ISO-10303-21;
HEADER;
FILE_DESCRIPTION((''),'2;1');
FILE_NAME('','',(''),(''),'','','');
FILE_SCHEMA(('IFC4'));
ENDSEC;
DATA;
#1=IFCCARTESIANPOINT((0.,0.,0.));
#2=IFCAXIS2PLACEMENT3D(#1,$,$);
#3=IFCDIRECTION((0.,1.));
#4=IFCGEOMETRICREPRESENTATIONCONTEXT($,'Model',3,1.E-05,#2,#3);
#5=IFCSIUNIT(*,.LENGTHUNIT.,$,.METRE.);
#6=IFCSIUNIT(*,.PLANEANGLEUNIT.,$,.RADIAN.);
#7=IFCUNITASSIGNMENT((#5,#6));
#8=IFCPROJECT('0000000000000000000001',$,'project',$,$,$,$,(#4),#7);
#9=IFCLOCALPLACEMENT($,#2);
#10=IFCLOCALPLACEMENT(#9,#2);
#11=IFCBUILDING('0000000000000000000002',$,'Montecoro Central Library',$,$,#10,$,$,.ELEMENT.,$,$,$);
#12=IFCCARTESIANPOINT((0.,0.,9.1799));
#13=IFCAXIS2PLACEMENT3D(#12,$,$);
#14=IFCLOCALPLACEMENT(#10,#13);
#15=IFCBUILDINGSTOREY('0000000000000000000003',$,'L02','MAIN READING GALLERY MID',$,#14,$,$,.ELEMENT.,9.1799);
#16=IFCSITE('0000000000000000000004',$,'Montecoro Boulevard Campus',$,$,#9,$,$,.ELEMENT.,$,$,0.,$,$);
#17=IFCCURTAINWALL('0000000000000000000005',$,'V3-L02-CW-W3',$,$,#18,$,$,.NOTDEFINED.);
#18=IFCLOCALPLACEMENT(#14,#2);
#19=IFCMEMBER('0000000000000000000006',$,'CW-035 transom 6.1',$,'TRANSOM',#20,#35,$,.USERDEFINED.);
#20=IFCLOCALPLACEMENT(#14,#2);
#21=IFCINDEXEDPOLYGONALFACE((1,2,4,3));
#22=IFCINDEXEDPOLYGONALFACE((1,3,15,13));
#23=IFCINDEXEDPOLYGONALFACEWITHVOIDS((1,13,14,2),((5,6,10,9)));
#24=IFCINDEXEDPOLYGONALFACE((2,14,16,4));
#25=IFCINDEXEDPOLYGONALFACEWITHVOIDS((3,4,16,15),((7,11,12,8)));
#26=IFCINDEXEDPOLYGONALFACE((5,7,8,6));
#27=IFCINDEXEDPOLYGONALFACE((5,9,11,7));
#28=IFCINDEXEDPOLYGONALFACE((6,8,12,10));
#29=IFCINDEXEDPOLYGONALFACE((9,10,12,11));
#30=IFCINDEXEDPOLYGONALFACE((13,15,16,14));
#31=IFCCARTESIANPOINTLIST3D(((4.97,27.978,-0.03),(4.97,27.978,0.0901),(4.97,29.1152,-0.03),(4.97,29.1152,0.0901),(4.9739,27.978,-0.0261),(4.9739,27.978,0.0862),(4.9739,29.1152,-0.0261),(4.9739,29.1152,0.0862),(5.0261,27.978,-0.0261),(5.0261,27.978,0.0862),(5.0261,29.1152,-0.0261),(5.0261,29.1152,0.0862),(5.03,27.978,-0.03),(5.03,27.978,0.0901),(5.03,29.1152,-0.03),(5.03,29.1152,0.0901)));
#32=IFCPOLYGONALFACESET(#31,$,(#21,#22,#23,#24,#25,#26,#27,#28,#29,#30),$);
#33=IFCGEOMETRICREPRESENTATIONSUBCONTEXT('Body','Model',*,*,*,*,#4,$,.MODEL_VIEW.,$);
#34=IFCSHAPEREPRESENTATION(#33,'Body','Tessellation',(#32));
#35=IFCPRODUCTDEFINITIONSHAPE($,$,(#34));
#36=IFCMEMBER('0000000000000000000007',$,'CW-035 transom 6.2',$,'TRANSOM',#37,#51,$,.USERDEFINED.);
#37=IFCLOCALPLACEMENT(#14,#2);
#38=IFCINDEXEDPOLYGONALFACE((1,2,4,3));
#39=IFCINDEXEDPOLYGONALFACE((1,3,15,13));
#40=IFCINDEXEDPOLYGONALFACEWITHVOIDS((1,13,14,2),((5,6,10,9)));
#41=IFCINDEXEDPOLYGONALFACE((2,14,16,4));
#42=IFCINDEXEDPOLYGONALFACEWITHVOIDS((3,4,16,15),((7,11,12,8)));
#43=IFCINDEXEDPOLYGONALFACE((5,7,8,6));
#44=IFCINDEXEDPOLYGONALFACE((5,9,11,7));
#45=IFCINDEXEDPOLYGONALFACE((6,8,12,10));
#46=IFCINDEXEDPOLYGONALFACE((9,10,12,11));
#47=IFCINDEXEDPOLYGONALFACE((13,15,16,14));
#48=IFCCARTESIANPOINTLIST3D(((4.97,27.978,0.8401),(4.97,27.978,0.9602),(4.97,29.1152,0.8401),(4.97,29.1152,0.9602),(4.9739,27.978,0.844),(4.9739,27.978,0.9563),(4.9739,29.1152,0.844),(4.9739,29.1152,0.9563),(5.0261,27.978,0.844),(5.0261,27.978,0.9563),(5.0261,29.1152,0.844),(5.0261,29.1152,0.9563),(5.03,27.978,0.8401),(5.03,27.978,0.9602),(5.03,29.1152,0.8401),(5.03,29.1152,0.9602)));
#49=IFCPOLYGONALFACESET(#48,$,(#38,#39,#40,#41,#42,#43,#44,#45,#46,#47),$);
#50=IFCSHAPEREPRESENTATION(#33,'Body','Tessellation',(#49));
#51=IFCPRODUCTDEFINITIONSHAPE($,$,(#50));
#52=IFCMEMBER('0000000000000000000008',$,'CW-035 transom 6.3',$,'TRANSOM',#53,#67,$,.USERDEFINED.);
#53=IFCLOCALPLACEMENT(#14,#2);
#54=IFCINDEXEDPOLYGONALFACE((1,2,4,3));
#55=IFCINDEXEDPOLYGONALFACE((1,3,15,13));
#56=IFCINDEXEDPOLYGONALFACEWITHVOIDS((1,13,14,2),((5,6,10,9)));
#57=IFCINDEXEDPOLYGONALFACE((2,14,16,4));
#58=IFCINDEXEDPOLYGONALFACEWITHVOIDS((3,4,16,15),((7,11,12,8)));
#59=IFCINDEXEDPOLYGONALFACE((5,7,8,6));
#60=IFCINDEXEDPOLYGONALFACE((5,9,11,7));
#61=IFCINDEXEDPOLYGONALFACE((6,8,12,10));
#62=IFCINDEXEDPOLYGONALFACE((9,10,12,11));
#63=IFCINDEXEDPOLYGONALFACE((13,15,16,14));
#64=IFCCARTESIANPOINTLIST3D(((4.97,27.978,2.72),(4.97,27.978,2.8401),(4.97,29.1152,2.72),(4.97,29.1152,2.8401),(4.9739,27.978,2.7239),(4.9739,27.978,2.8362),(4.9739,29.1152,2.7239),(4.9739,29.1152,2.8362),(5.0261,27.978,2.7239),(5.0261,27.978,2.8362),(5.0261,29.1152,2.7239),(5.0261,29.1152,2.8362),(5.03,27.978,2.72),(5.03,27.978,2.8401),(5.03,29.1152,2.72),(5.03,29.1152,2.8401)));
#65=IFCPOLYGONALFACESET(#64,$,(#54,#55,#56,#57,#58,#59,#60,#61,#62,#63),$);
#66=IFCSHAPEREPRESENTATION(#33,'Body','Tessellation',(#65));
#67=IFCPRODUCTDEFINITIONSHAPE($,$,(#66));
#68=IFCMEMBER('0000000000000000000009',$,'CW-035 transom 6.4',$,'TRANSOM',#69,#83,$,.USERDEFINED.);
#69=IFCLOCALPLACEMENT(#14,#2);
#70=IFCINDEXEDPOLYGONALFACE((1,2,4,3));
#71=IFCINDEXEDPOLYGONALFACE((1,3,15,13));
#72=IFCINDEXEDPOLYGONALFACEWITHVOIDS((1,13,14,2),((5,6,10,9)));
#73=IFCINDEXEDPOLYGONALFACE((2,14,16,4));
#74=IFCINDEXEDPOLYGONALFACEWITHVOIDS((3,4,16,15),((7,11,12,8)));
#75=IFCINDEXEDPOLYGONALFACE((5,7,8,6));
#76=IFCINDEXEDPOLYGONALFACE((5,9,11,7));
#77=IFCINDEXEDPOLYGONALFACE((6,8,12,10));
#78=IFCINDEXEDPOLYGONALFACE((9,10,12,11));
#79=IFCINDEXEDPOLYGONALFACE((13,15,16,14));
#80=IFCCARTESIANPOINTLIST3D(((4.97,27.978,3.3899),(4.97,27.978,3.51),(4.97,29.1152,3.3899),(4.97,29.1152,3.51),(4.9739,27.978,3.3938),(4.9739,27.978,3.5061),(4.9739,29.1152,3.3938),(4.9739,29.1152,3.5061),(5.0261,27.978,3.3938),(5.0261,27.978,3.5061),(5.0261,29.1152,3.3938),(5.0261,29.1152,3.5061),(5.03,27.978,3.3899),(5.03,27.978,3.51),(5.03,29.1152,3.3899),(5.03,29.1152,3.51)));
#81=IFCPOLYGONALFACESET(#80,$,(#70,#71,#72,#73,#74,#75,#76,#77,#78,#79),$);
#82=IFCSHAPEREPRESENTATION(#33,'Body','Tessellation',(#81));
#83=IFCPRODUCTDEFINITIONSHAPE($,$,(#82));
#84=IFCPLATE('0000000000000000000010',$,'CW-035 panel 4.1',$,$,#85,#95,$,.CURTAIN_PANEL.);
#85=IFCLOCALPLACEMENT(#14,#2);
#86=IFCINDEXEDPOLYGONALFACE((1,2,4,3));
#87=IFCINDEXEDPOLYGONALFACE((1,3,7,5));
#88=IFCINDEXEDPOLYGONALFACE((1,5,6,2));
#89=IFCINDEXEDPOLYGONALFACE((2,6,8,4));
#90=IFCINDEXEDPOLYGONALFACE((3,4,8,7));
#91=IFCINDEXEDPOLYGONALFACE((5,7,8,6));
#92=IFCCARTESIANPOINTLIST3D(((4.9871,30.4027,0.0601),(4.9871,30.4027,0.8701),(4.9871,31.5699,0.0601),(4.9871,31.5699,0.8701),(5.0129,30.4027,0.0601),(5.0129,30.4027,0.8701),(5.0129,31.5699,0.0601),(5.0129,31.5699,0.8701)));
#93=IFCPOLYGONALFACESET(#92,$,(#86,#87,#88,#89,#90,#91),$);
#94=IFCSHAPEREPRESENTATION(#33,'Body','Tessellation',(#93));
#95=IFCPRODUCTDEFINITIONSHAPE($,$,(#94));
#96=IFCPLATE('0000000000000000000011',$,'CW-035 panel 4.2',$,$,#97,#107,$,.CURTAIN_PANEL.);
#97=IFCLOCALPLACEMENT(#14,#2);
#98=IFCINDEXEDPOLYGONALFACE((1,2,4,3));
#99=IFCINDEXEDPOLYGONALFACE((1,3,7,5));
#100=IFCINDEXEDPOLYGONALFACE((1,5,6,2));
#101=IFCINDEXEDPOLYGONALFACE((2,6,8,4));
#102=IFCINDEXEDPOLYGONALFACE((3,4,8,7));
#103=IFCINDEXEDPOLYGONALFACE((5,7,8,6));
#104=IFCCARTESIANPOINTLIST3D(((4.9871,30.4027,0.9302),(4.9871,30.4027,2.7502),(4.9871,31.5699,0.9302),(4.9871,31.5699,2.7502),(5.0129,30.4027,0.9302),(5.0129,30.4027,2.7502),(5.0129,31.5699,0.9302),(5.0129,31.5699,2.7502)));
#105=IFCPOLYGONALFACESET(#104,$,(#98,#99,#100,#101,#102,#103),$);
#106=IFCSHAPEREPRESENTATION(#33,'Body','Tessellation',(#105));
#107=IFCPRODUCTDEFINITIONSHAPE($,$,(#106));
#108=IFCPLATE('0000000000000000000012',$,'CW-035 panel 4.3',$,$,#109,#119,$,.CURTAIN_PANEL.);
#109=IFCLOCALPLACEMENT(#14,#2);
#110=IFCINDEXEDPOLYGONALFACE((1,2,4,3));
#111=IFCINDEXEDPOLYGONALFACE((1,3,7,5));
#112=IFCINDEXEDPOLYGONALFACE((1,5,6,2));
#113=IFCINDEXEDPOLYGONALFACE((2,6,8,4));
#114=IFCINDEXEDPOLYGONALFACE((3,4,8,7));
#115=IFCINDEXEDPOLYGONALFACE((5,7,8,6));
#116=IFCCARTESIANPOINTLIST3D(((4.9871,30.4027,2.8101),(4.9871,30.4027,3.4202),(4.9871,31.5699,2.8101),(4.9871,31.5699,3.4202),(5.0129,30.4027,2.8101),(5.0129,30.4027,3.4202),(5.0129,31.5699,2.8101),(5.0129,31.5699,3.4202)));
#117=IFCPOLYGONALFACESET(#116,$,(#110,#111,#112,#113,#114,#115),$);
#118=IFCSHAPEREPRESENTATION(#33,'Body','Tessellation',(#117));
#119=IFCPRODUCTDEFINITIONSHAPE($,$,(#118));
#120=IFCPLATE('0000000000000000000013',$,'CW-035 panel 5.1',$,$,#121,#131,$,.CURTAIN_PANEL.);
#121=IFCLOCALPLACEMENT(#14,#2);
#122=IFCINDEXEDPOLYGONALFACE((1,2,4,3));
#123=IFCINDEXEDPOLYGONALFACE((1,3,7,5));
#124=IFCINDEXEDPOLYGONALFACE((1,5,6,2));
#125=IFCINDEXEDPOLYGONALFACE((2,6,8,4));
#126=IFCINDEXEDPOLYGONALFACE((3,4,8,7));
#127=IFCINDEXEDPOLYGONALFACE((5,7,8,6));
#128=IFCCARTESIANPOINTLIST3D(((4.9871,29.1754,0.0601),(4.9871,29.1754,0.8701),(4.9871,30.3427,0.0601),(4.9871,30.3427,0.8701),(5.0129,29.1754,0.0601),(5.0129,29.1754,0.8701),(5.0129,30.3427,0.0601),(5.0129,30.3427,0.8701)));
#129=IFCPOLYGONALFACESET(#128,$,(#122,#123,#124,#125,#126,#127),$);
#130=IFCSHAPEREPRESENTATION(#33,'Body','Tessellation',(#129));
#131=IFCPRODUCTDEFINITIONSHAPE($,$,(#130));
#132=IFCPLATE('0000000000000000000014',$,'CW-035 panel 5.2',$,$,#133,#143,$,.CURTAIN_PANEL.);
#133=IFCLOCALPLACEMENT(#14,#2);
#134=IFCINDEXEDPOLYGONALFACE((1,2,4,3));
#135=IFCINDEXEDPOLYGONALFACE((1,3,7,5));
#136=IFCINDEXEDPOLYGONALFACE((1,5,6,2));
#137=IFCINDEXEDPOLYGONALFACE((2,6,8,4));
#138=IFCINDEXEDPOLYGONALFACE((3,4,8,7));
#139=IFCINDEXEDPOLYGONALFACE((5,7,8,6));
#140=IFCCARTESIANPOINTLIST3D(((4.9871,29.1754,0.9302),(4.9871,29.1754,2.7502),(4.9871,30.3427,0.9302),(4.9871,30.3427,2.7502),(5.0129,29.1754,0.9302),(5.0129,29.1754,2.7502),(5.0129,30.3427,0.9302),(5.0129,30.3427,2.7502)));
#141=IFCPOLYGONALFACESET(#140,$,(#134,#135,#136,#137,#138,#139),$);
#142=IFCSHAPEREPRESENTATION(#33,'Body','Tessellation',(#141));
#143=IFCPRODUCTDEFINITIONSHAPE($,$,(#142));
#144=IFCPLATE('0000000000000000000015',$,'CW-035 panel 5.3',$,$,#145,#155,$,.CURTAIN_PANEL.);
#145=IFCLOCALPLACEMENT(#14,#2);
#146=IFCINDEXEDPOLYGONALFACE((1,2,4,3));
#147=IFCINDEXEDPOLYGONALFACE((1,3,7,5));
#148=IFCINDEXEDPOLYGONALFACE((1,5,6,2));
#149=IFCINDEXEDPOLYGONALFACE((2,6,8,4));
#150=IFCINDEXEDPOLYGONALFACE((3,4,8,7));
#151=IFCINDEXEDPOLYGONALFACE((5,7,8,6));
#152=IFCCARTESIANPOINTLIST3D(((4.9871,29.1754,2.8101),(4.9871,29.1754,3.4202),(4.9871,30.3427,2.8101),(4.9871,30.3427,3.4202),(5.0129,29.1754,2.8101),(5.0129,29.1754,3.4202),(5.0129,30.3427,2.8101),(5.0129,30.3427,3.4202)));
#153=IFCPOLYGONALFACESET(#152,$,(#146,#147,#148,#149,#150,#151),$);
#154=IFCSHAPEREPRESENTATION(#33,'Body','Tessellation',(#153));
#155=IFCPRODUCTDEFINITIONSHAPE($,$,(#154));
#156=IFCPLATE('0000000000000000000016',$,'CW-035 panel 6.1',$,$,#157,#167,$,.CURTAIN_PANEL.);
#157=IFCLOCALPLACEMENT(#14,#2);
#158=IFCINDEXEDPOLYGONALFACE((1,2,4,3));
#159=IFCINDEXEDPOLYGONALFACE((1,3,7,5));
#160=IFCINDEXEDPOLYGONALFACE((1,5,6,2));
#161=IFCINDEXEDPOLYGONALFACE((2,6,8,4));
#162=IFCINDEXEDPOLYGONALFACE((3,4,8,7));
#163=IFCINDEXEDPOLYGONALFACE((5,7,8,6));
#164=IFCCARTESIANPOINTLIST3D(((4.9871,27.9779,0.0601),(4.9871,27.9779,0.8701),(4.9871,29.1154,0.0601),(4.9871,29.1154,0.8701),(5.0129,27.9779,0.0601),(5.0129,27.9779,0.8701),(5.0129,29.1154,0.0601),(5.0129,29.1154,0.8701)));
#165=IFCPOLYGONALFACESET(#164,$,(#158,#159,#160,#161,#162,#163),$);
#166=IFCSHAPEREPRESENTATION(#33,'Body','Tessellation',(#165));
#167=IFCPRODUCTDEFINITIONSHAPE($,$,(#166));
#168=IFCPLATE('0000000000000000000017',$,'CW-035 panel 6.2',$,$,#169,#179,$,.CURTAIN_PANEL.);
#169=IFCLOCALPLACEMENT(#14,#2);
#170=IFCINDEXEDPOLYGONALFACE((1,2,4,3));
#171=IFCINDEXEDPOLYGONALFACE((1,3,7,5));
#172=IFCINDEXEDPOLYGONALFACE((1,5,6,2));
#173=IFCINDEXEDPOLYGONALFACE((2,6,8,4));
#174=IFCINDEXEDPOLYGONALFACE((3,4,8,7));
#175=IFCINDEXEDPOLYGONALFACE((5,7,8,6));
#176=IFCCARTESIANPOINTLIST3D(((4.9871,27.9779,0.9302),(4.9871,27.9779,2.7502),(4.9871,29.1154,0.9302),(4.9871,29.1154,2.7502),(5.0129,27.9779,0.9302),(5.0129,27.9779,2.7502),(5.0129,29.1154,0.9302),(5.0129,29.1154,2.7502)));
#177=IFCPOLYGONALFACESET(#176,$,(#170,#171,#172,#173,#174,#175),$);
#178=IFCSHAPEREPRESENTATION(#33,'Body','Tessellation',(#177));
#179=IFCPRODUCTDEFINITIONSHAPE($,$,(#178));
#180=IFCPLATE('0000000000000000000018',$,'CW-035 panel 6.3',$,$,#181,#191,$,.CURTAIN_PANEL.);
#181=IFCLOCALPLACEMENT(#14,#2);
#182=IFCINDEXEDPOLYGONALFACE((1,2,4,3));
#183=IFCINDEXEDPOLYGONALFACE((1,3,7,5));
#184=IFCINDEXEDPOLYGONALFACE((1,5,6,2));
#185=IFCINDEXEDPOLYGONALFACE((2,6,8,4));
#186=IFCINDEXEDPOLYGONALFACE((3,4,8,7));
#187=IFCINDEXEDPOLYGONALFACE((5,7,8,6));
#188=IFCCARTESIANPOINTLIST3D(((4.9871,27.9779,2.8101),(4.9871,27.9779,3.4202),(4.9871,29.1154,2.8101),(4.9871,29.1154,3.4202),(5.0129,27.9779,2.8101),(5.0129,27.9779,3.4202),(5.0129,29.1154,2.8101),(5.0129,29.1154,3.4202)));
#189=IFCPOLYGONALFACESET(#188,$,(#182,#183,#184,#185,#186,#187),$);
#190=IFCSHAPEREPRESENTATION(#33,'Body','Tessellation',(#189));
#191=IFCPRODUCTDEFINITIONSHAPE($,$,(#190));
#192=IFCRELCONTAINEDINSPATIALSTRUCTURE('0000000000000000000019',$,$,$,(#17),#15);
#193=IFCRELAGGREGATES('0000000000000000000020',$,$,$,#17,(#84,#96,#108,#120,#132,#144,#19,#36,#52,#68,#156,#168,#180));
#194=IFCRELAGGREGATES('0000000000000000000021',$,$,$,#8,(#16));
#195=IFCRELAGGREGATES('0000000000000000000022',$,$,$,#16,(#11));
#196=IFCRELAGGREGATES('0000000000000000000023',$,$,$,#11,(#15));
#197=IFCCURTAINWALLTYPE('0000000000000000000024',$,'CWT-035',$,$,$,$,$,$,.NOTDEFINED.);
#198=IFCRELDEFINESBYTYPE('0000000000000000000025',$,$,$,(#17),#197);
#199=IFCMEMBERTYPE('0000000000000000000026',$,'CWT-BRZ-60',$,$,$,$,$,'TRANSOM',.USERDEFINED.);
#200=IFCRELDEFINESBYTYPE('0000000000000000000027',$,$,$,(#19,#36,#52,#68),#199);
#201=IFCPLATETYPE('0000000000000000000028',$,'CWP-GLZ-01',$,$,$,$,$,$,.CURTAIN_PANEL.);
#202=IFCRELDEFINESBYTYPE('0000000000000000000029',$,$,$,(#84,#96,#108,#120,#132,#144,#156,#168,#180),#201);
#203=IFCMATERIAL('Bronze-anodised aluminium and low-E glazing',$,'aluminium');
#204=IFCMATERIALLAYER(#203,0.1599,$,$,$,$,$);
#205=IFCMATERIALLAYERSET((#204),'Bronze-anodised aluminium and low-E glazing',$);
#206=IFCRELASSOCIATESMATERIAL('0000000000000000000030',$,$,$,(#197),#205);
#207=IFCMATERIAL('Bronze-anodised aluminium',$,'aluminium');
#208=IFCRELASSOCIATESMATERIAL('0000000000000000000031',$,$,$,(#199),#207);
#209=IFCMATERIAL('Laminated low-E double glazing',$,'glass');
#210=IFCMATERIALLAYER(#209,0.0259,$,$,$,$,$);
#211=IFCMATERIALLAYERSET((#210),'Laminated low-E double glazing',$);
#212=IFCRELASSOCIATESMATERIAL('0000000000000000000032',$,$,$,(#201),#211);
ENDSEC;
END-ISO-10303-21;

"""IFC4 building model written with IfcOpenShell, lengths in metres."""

from ifc_helpers import new_model, si_unit, direction, frame, origin, origin_2d, place, context, subcontext, project, spatial, rectangle, hollow_rectangle, extrude, material, layer, layer_set, material_profile, profile_set, type_object, element, aggregate, save


model = new_model("IFC4")

# Units and contexts
model_context = context("Model", 3, precision=1e-05, world=origin(), true_north=direction((0.0, 1.0)))
body_context = subcontext(model_context, "Body", "Model", "MODEL_VIEW")
ifc_project = project(units=[si_unit("LENGTHUNIT", "METRE"), si_unit("PLANEANGLEUNIT", "RADIAN")], contexts=[model_context])

# Site, building, storey
site_placement = place(None, origin())
site = spatial("IfcSite", under=ifc_project, at=site_placement, Name="Montecoro Boulevard Campus", CompositionType="ELEMENT", RefElevation=0.0)
building_placement = place(site_placement, origin())
building = spatial("IfcBuilding", under=site, at=building_placement, Name="Montecoro Central Library", CompositionType="ELEMENT")
storey_placement = place(building_placement, frame((0.0, 0.0, 9.1799)))
storey = spatial("IfcBuildingStorey", under=building, at=storey_placement, Name="L02", Description="MAIN READING GALLERY MID", CompositionType="ELEMENT", Elevation=9.1799)

# Curtain wall, members, plates
ifc_material_1 = material(Name="Bronze-anodised aluminium and low-E glazing", Category="aluminium")
ifc_layer_1 = layer(ifc_material_1, 0.1599)
ifc_layer_set_1 = layer_set([ifc_layer_1], Name="Bronze-anodised aluminium and low-E glazing")
curtain_wall_type = type_object("IfcCurtainWallType", Name="CWT-035", PredefinedType="NOTDEFINED", material=ifc_layer_set_1)
curtain_wall_placement = place(storey_placement, origin())
curtain_wall = element("IfcCurtainWall", 1, at=curtain_wall_placement, inside=storey, type_object=curtain_wall_type, Name="V3-L02-CW-W3", PredefinedType="NOTDEFINED")
ifc_material_2 = material(Name="Bronze-anodised aluminium", Category="aluminium")
ifc_material_profile_1 = material_profile(ifc_material_2, hollow_rectangle(XDim=0.0601, YDim=0.1201, WallThickness=0.0039, at=origin_2d()), Name="CWT 120x60x4.0")
ifc_profile_set_1 = profile_set([ifc_material_profile_1], Name="Bronze-anodised aluminium")
member_type_1 = type_object("IfcMemberType", Name="CWT-BRZ-60", ElementType="TRANSOM", PredefinedType="USERDEFINED", material=ifc_profile_set_1)
member_1_placement = place(storey_placement, frame((5.0, 29.1152, 0.03), z_axis=(0.0, -1.0, 0.0), x_axis=(1.0, 0.0, 0.0)))
member_1 = element("IfcMember", 2, at=member_1_placement, type_object=member_type_1, Name="CW-035 transom 6.1", ObjectType="TRANSOM", PredefinedType="USERDEFINED", context=body_context, shape_type="SweptSolid", body=[
    extrude(hollow_rectangle(XDim=0.0601, YDim=0.1201, WallThickness=0.0039, at=origin_2d()), origin(), (0.0, 0.0, 1.0), 1.1372),
])
member_2_placement = place(storey_placement, frame((5.0, 29.1152, 0.9001), z_axis=(0.0, -1.0, 0.0), x_axis=(1.0, 0.0, 0.0)))
member_2 = element("IfcMember", 3, at=member_2_placement, type_object=member_type_1, Name="CW-035 transom 6.2", ObjectType="TRANSOM", PredefinedType="USERDEFINED", context=body_context, shape_type="SweptSolid", body=[
    extrude(hollow_rectangle(XDim=0.0601, YDim=0.1201, WallThickness=0.0039, at=origin_2d()), origin(), (0.0, 0.0, 1.0), 1.1372),
])
member_3_placement = place(storey_placement, frame((5.0, 29.1152, 2.78), z_axis=(0.0, -1.0, 0.0), x_axis=(1.0, 0.0, 0.0)))
member_3 = element("IfcMember", 4, at=member_3_placement, type_object=member_type_1, Name="CW-035 transom 6.3", ObjectType="TRANSOM", PredefinedType="USERDEFINED", context=body_context, shape_type="SweptSolid", body=[
    extrude(hollow_rectangle(XDim=0.0601, YDim=0.1201, WallThickness=0.0039, at=origin_2d()), origin(), (0.0, 0.0, 1.0), 1.1372),
])
member_4_placement = place(storey_placement, frame((5.0, 29.1152, 3.45), z_axis=(0.0, -1.0, 0.0), x_axis=(1.0, 0.0, 0.0)))
member_4 = element("IfcMember", 5, at=member_4_placement, type_object=member_type_1, Name="CW-035 transom 6.4", ObjectType="TRANSOM", PredefinedType="USERDEFINED", context=body_context, shape_type="SweptSolid", body=[
    extrude(hollow_rectangle(XDim=0.0601, YDim=0.1201, WallThickness=0.0039, at=origin_2d()), origin(), (0.0, 0.0, 1.0), 1.1372),
])
ifc_material_3 = material(Name="Laminated low-E double glazing", Category="glass")
ifc_layer_2 = layer(ifc_material_3, 0.0259)
ifc_layer_set_2 = layer_set([ifc_layer_2], Name="Laminated low-E double glazing")
plate_type_1 = type_object("IfcPlateType", Name="CWP-GLZ-01", PredefinedType="CURTAIN_PANEL", material=ifc_layer_set_2)
plate_1_placement = place(storey_placement, frame((5.0, 30.9863, 0.0601), z_axis=(0.0, 0.0, 1.0), x_axis=(0.0, -1.0, 0.0)))
plate_1 = element("IfcPlate", 6, at=plate_1_placement, type_object=plate_type_1, Name="CW-035 panel 4.1", PredefinedType="CURTAIN_PANEL", context=body_context, shape_type="SweptSolid", body=[
    extrude(rectangle(XDim=1.1672, YDim=0.0259, at=origin_2d()), origin(), (0.0, 0.0, 1.0), 0.8101),
])
plate_2_placement = place(storey_placement, frame((5.0, 30.9863, 0.9302), z_axis=(0.0, 0.0, 1.0), x_axis=(0.0, -1.0, 0.0)))
plate_2 = element("IfcPlate", 7, at=plate_2_placement, type_object=plate_type_1, Name="CW-035 panel 4.2", PredefinedType="CURTAIN_PANEL", context=body_context, shape_type="SweptSolid", body=[
    extrude(rectangle(XDim=1.1672, YDim=0.0259, at=origin_2d()), origin(), (0.0, 0.0, 1.0), 1.8201),
])
plate_3_placement = place(storey_placement, frame((5.0, 30.9863, 2.8101), z_axis=(0.0, 0.0, 1.0), x_axis=(0.0, -1.0, 0.0)))
plate_3 = element("IfcPlate", 8, at=plate_3_placement, type_object=plate_type_1, Name="CW-035 panel 4.3", PredefinedType="CURTAIN_PANEL", context=body_context, shape_type="SweptSolid", body=[
    extrude(rectangle(XDim=1.1672, YDim=0.0259, at=origin_2d()), origin(), (0.0, 0.0, 1.0), 0.6101),
])
plate_4_placement = place(storey_placement, frame((5.0, 29.759, 0.0601), z_axis=(0.0, 0.0, 1.0), x_axis=(0.0, -1.0, 0.0)))
plate_4 = element("IfcPlate", 9, at=plate_4_placement, type_object=plate_type_1, Name="CW-035 panel 5.1", PredefinedType="CURTAIN_PANEL", context=body_context, shape_type="SweptSolid", body=[
    extrude(rectangle(XDim=1.1672, YDim=0.0259, at=origin_2d()), origin(), (0.0, 0.0, 1.0), 0.8101),
])
plate_5_placement = place(storey_placement, frame((5.0, 29.759, 0.9302), z_axis=(0.0, 0.0, 1.0), x_axis=(0.0, -1.0, 0.0)))
plate_5 = element("IfcPlate", 10, at=plate_5_placement, type_object=plate_type_1, Name="CW-035 panel 5.2", PredefinedType="CURTAIN_PANEL", context=body_context, shape_type="SweptSolid", body=[
    extrude(rectangle(XDim=1.1672, YDim=0.0259, at=origin_2d()), origin(), (0.0, 0.0, 1.0), 1.8201),
])
plate_6_placement = place(storey_placement, frame((5.0, 29.759, 2.8101), z_axis=(0.0, 0.0, 1.0), x_axis=(0.0, -1.0, 0.0)))
plate_6 = element("IfcPlate", 11, at=plate_6_placement, type_object=plate_type_1, Name="CW-035 panel 5.3", PredefinedType="CURTAIN_PANEL", context=body_context, shape_type="SweptSolid", body=[
    extrude(rectangle(XDim=1.1672, YDim=0.0259, at=origin_2d()), origin(), (0.0, 0.0, 1.0), 0.6101),
])
plate_7_placement = place(storey_placement, frame((5.0, 28.5466, 0.0601), z_axis=(0.0, 0.0, 1.0), x_axis=(0.0, -1.0, 0.0)))
plate_7 = element("IfcPlate", 12, at=plate_7_placement, type_object=plate_type_1, Name="CW-035 panel 6.1", PredefinedType="CURTAIN_PANEL", context=body_context, shape_type="SweptSolid", body=[
    extrude(rectangle(XDim=1.1375, YDim=0.0259, at=origin_2d()), origin(), (0.0, 0.0, 1.0), 0.8101),
])
plate_8_placement = place(storey_placement, frame((5.0, 28.5466, 0.9302), z_axis=(0.0, 0.0, 1.0), x_axis=(0.0, -1.0, 0.0)))
plate_8 = element("IfcPlate", 13, at=plate_8_placement, type_object=plate_type_1, Name="CW-035 panel 6.2", PredefinedType="CURTAIN_PANEL", context=body_context, shape_type="SweptSolid", body=[
    extrude(rectangle(XDim=1.1375, YDim=0.0259, at=origin_2d()), origin(), (0.0, 0.0, 1.0), 1.8201),
])
plate_9_placement = place(storey_placement, frame((5.0, 28.5466, 2.8101), z_axis=(0.0, 0.0, 1.0), x_axis=(0.0, -1.0, 0.0)))
plate_9 = element("IfcPlate", 14, at=plate_9_placement, type_object=plate_type_1, Name="CW-035 panel 6.3", PredefinedType="CURTAIN_PANEL", context=body_context, shape_type="SweptSolid", body=[
    extrude(rectangle(XDim=1.1375, YDim=0.0259, at=origin_2d()), origin(), (0.0, 0.0, 1.0), 0.6101),
])
aggregate(curtain_wall, [plate_1, plate_2, plate_3, plate_4, plate_5, plate_6, member_1, member_2, member_3, member_4, plate_7, plate_8, plate_9])

save(model, "model.ifc")
